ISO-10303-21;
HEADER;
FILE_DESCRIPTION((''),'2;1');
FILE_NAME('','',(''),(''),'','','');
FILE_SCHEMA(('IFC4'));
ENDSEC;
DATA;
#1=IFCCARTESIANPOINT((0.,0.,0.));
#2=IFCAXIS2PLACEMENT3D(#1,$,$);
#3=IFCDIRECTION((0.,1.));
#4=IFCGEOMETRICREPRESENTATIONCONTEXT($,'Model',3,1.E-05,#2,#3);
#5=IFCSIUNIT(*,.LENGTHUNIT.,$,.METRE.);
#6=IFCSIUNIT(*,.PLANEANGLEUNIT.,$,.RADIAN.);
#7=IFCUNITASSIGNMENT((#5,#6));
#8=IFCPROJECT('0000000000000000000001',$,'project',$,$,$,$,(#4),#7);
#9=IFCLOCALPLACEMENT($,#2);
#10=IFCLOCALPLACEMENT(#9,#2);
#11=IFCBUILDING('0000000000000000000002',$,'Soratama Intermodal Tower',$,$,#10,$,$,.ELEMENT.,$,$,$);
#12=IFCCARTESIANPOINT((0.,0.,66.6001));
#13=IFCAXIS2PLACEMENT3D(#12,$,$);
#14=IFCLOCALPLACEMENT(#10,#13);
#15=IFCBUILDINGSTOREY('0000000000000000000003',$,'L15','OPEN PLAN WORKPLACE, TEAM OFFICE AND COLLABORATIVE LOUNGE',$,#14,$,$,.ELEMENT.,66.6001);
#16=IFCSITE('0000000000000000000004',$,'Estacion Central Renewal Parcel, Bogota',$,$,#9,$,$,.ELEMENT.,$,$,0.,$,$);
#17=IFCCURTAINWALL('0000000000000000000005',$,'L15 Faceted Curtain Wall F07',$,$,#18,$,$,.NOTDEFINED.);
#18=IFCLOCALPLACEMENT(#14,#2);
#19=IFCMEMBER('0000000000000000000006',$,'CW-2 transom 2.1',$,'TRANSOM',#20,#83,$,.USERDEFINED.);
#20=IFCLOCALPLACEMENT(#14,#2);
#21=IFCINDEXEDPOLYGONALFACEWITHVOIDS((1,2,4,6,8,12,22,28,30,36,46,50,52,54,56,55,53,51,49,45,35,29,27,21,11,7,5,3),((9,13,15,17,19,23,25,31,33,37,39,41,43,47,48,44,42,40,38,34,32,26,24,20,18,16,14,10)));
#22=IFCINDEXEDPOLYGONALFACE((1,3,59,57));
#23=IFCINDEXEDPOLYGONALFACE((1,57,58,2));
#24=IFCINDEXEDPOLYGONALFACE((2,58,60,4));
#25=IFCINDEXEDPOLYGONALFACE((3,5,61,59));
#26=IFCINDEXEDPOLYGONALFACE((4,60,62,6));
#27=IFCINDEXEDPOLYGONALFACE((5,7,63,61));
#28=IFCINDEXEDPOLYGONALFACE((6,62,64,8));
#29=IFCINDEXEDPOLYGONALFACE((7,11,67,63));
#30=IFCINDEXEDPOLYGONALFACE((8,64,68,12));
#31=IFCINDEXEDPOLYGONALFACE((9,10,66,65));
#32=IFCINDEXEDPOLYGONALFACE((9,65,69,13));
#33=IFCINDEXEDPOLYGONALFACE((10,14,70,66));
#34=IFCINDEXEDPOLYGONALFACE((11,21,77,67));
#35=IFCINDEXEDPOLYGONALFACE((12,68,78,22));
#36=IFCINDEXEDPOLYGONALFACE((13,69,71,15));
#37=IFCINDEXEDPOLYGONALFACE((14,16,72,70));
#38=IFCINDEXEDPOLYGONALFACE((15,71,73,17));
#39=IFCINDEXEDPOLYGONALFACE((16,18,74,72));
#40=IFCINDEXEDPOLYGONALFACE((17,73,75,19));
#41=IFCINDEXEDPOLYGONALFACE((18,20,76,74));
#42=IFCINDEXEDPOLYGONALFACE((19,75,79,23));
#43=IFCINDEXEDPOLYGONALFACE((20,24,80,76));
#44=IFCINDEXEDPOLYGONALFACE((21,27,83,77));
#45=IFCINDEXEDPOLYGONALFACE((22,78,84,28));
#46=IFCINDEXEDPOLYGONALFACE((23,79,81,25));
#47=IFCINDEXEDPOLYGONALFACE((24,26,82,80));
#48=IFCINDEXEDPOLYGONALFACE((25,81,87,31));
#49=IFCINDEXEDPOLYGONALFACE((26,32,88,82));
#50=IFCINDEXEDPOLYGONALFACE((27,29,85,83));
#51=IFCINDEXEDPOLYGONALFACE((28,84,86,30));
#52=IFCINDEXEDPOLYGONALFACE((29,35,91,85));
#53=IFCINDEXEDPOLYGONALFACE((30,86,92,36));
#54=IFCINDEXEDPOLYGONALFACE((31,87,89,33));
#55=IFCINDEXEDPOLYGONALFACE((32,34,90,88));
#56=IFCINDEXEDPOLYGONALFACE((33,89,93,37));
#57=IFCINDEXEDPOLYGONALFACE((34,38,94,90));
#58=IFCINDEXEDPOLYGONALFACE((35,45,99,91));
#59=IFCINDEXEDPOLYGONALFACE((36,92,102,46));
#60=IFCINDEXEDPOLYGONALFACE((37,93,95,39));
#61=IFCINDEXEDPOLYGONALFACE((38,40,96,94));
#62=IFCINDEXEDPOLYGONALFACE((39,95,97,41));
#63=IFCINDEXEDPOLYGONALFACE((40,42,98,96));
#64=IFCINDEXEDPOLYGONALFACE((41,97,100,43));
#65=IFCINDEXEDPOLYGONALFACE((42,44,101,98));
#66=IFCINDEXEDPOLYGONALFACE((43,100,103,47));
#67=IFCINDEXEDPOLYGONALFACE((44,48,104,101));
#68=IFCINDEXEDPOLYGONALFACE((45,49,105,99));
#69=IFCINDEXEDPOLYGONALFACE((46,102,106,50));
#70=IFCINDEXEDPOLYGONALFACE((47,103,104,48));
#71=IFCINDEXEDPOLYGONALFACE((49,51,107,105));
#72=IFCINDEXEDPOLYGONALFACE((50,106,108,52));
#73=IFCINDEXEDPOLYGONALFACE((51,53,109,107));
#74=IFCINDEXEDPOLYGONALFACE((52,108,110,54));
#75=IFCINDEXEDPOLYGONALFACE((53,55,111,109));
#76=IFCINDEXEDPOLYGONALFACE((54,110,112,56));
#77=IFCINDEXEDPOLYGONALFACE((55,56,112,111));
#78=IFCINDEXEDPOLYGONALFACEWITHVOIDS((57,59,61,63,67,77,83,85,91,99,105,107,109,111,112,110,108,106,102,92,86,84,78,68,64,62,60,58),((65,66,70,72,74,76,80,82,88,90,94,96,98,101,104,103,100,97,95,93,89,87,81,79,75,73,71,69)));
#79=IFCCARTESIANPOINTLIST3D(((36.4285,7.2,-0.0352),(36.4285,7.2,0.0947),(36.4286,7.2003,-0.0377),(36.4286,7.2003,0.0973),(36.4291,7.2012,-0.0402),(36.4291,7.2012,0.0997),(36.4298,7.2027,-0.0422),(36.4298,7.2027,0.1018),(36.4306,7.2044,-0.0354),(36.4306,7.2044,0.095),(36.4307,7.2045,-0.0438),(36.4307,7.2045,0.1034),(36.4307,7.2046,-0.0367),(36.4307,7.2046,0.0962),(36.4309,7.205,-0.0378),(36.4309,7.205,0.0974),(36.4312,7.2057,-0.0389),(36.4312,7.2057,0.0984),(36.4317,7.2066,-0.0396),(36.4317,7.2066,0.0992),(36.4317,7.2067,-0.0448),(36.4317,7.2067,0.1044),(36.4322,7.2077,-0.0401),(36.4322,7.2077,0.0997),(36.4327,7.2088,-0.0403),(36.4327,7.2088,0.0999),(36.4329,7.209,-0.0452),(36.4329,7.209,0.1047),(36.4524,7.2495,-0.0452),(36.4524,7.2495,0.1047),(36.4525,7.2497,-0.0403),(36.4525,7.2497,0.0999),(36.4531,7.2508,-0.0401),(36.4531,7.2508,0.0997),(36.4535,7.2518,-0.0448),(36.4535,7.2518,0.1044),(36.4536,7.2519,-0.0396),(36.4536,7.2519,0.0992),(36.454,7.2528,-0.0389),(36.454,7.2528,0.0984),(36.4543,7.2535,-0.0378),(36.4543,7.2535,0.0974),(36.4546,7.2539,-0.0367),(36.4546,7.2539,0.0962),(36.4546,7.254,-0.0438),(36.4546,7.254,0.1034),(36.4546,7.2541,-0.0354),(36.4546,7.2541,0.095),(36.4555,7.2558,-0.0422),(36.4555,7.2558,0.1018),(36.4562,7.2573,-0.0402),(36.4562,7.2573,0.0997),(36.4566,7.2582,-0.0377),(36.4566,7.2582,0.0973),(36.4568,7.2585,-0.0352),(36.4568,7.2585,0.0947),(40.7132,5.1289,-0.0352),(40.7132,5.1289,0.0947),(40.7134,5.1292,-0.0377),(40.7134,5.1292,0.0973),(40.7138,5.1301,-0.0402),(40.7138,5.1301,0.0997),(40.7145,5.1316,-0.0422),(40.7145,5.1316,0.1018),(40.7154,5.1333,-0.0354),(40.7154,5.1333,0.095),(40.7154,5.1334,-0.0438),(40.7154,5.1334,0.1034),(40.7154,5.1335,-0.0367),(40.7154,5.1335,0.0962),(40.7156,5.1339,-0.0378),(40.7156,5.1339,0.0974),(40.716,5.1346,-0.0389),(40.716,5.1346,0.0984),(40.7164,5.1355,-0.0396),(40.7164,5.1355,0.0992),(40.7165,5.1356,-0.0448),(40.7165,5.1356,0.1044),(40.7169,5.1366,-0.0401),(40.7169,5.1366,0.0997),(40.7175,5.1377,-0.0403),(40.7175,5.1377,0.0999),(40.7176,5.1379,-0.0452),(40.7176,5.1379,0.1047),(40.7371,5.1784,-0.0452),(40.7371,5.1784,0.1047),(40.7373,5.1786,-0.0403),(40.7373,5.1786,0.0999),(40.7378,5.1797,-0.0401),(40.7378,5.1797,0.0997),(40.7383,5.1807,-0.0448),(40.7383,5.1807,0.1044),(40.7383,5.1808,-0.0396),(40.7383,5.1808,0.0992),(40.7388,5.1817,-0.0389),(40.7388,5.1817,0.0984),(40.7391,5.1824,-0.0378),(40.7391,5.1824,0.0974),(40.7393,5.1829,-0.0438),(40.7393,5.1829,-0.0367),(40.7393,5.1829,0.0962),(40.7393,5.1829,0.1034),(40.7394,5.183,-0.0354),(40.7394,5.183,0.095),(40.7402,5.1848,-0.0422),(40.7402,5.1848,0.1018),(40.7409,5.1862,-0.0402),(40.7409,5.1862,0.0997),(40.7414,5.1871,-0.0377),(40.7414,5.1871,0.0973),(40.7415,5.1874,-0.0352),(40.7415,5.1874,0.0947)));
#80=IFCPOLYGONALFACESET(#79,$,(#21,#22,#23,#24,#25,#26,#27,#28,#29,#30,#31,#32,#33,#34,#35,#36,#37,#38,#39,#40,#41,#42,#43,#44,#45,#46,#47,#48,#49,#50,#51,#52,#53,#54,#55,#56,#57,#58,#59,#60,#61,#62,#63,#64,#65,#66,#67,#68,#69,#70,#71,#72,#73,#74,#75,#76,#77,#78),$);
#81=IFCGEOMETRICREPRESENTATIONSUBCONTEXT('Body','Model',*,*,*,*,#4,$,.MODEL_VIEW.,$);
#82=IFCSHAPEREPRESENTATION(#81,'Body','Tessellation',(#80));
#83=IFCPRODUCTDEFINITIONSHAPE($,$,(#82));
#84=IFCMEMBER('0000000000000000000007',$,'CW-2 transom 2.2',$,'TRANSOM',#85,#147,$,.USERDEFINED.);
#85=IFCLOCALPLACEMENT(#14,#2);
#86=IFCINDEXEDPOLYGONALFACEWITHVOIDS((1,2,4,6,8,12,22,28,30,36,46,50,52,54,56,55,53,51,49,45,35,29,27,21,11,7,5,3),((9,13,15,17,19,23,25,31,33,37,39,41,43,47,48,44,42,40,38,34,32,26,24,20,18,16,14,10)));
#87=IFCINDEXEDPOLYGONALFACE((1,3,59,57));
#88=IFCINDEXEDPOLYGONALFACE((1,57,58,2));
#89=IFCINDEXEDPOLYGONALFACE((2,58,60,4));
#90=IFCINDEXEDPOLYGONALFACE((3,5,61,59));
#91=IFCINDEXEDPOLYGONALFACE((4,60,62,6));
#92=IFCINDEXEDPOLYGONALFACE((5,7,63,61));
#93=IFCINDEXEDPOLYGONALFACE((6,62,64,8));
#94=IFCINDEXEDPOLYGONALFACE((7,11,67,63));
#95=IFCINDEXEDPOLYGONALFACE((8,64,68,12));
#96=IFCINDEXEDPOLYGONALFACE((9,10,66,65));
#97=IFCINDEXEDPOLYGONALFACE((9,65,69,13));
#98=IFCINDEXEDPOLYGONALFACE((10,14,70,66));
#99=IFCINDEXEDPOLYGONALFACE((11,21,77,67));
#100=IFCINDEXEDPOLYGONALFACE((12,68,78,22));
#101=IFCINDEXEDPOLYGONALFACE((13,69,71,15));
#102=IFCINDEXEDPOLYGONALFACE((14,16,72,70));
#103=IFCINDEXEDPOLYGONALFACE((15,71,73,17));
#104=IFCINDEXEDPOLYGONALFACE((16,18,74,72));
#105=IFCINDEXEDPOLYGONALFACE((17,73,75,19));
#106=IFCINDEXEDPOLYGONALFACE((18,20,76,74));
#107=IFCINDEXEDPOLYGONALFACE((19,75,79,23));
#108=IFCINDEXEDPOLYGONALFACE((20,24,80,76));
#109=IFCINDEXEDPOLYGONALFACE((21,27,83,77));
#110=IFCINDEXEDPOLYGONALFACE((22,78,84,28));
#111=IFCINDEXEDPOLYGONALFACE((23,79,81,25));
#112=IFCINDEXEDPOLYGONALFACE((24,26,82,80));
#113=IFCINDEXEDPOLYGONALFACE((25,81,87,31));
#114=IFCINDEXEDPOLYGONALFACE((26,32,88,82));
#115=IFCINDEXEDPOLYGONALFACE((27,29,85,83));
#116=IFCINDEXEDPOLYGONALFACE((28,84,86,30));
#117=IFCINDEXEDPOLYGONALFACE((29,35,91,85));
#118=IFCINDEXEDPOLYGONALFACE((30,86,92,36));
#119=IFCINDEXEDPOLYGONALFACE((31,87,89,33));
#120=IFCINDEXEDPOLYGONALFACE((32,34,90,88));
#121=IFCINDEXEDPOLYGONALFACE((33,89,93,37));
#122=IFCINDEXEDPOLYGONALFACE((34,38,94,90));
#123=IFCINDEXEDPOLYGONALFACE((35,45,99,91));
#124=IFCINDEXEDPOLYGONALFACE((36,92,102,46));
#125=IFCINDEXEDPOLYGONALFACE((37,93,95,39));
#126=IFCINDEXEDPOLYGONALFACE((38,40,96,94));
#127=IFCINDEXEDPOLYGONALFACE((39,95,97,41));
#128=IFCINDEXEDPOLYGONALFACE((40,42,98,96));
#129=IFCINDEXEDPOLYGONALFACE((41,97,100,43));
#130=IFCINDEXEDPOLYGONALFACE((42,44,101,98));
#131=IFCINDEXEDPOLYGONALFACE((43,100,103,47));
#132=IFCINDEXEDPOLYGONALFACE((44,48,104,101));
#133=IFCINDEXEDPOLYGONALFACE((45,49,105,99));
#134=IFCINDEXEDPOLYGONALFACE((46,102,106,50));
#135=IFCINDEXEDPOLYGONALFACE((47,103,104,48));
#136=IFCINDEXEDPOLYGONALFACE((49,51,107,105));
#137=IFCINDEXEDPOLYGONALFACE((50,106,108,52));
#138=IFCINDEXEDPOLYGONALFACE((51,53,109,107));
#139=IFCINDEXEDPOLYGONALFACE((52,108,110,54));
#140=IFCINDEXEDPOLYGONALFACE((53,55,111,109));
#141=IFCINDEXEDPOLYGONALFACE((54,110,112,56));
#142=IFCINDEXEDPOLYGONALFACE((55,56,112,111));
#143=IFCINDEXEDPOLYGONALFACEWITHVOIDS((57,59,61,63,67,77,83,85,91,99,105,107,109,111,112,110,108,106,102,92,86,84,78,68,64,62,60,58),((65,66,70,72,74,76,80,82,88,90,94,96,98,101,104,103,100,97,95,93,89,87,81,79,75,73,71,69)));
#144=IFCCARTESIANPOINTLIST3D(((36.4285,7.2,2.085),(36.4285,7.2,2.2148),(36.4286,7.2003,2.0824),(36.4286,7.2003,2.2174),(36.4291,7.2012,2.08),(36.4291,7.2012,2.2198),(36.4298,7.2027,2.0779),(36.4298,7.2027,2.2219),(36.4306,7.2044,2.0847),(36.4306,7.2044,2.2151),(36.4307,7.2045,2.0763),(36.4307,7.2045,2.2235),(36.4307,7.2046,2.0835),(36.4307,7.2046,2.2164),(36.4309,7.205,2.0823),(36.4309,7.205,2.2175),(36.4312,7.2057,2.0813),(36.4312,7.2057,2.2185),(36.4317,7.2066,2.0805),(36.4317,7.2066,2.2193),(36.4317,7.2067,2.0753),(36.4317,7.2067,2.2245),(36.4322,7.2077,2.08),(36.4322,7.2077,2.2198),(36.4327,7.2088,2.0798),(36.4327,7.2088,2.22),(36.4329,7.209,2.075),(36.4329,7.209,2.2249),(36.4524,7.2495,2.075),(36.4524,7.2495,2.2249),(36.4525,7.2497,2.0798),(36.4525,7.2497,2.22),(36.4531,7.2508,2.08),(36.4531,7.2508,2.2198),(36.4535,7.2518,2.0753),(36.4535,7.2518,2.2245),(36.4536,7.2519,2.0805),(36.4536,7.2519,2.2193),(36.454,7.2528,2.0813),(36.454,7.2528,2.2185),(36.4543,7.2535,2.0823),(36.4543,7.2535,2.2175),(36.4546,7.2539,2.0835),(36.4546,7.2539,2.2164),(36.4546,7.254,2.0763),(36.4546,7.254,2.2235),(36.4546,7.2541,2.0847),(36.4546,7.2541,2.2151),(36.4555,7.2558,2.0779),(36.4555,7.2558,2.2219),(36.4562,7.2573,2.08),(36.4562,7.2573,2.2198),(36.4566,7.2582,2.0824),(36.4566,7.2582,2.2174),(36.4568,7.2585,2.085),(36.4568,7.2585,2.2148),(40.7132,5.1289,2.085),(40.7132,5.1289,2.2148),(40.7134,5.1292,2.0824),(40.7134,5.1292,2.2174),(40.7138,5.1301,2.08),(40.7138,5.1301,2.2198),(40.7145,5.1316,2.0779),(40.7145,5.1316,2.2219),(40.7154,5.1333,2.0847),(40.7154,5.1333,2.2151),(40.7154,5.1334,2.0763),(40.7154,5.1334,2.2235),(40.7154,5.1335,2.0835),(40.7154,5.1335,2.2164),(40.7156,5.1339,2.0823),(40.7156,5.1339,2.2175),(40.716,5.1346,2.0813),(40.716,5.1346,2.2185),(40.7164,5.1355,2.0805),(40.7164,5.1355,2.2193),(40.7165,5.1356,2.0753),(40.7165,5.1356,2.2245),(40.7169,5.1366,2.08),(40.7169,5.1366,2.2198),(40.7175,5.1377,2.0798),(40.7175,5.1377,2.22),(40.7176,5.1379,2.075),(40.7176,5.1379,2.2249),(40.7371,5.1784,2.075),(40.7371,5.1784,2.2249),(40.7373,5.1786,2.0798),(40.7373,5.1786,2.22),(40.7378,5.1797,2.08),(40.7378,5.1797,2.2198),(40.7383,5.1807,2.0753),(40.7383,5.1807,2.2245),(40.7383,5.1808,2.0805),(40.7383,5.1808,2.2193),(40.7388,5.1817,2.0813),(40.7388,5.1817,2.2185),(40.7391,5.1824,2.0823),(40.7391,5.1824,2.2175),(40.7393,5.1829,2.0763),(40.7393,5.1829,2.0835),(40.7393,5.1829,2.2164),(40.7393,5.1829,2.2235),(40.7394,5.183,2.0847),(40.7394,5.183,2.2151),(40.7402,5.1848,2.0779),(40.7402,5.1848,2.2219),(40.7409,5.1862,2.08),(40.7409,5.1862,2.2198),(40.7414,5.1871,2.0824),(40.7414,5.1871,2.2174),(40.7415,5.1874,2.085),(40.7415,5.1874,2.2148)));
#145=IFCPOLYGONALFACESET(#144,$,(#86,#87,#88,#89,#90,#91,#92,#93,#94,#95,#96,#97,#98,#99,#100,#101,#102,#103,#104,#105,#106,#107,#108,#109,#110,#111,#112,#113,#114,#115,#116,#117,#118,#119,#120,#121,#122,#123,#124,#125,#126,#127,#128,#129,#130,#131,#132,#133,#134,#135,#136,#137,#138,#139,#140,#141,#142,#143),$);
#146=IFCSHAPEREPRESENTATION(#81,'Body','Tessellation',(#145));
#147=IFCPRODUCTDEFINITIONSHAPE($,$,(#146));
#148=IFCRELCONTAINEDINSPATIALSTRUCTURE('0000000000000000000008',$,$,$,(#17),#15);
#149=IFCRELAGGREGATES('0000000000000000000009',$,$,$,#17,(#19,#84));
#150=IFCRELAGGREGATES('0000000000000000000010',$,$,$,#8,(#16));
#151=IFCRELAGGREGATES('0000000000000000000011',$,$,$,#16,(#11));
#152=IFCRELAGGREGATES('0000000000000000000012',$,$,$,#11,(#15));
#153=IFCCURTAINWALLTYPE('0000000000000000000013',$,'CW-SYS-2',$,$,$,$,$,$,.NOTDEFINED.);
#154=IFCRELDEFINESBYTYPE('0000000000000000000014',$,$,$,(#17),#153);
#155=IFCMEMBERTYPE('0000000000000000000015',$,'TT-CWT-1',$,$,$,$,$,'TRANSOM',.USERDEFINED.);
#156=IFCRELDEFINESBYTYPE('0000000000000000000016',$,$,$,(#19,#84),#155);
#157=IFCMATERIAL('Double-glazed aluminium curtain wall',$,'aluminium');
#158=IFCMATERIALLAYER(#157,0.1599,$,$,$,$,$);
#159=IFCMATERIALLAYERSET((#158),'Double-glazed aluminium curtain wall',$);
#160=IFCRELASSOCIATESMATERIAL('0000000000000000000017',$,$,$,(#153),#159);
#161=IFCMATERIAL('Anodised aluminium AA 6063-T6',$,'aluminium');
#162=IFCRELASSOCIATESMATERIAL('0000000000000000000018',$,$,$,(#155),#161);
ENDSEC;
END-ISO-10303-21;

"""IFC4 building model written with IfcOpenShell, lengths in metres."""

from ifc_helpers import new_model, si_unit, direction, frame, origin, origin_2d, place, context, subcontext, project, spatial, hollow_rectangle, extrude, material, layer, layer_set, material_profile, profile_set, type_object, element, aggregate, save


model = new_model("IFC4")

# Units and contexts
model_context = context("Model", 3, precision=1e-05, world=origin(), true_north=direction((0.0, 1.0)))
body_context = subcontext(model_context, "Body", "Model", "MODEL_VIEW")
ifc_project = project(units=[si_unit("LENGTHUNIT", "METRE"), si_unit("PLANEANGLEUNIT", "RADIAN")], contexts=[model_context])

# Site, building, storey
site_placement = place(None, origin())
site = spatial("IfcSite", under=ifc_project, at=site_placement, Name="Estacion Central Renewal Parcel, Bogota", CompositionType="ELEMENT", RefElevation=0.0)
building_placement = place(site_placement, origin())
building = spatial("IfcBuilding", under=site, at=building_placement, Name="Soratama Intermodal Tower", CompositionType="ELEMENT")
storey_placement = place(building_placement, frame((0.0, 0.0, 66.6001)))
storey = spatial("IfcBuildingStorey", under=building, at=storey_placement, Name="L15", Description="OPEN PLAN WORKPLACE, TEAM OFFICE AND COLLABORATIVE LOUNGE", CompositionType="ELEMENT", Elevation=66.6001)

# Curtain wall, members
ifc_material_1 = material(Name="Double-glazed aluminium curtain wall", Category="aluminium")
ifc_layer_1 = layer(ifc_material_1, 0.1599)
ifc_layer_set_1 = layer_set([ifc_layer_1], Name="Double-glazed aluminium curtain wall")
curtain_wall_type = type_object("IfcCurtainWallType", Name="CW-SYS-2", PredefinedType="NOTDEFINED", material=ifc_layer_set_1)
curtain_wall_placement = place(storey_placement, origin())
curtain_wall = element("IfcCurtainWall", 1, at=curtain_wall_placement, inside=storey, type_object=curtain_wall_type, Name="L15 Faceted Curtain Wall F07", PredefinedType="NOTDEFINED")
ifc_material_2 = material(Name="Anodised aluminium AA 6063-T6", Category="aluminium")
ifc_material_profile_1 = material_profile(ifc_material_2, hollow_rectangle(XDim=0.0649, YDim=0.1499, WallThickness=0.0049, InnerFilletRadius=0.0049, OuterFilletRadius=0.01, at=origin_2d()), Name="CWT150X65X5")
ifc_profile_set_1 = profile_set([ifc_material_profile_1], Name="Anodised aluminium AA 6063-T6")
member_type_1 = type_object("IfcMemberType", Name="TT-CWT-1", ElementType="TRANSOM", PredefinedType="USERDEFINED", material=ifc_profile_set_1)
member_1_placement = place(storey_placement, frame((36.4426, 7.2292, 0.0298), z_axis=(0.900339, -0.435189, 0.0), x_axis=(0.435189, 0.900339, 0.0)))
member_1 = element("IfcMember", 2, at=member_1_placement, type_object=member_type_1, Name="CW-2 transom 2.1", ObjectType="TRANSOM", PredefinedType="USERDEFINED", context=body_context, shape_type="SweptSolid", body=[
    extrude(hollow_rectangle(XDim=0.0649, YDim=0.1499, WallThickness=0.0049, InnerFilletRadius=0.0049, OuterFilletRadius=0.01, at=origin_2d()), origin(), (0.0, 0.0, 1.0), 4.759),
])
member_2_placement = place(storey_placement, frame((36.4426, 7.2292, 2.1499), z_axis=(0.900339, -0.435189, 0.0), x_axis=(0.435189, 0.900339, 0.0)))
member_2 = element("IfcMember", 3, at=member_2_placement, type_object=member_type_1, Name="CW-2 transom 2.2", ObjectType="TRANSOM", PredefinedType="USERDEFINED", context=body_context, shape_type="SweptSolid", body=[
    extrude(hollow_rectangle(XDim=0.0649, YDim=0.1499, WallThickness=0.0049, InnerFilletRadius=0.0049, OuterFilletRadius=0.01, at=origin_2d()), origin(), (0.0, 0.0, 1.0), 4.759),
])
aggregate(curtain_wall, [member_1, member_2])

save(model, "model.ifc")
